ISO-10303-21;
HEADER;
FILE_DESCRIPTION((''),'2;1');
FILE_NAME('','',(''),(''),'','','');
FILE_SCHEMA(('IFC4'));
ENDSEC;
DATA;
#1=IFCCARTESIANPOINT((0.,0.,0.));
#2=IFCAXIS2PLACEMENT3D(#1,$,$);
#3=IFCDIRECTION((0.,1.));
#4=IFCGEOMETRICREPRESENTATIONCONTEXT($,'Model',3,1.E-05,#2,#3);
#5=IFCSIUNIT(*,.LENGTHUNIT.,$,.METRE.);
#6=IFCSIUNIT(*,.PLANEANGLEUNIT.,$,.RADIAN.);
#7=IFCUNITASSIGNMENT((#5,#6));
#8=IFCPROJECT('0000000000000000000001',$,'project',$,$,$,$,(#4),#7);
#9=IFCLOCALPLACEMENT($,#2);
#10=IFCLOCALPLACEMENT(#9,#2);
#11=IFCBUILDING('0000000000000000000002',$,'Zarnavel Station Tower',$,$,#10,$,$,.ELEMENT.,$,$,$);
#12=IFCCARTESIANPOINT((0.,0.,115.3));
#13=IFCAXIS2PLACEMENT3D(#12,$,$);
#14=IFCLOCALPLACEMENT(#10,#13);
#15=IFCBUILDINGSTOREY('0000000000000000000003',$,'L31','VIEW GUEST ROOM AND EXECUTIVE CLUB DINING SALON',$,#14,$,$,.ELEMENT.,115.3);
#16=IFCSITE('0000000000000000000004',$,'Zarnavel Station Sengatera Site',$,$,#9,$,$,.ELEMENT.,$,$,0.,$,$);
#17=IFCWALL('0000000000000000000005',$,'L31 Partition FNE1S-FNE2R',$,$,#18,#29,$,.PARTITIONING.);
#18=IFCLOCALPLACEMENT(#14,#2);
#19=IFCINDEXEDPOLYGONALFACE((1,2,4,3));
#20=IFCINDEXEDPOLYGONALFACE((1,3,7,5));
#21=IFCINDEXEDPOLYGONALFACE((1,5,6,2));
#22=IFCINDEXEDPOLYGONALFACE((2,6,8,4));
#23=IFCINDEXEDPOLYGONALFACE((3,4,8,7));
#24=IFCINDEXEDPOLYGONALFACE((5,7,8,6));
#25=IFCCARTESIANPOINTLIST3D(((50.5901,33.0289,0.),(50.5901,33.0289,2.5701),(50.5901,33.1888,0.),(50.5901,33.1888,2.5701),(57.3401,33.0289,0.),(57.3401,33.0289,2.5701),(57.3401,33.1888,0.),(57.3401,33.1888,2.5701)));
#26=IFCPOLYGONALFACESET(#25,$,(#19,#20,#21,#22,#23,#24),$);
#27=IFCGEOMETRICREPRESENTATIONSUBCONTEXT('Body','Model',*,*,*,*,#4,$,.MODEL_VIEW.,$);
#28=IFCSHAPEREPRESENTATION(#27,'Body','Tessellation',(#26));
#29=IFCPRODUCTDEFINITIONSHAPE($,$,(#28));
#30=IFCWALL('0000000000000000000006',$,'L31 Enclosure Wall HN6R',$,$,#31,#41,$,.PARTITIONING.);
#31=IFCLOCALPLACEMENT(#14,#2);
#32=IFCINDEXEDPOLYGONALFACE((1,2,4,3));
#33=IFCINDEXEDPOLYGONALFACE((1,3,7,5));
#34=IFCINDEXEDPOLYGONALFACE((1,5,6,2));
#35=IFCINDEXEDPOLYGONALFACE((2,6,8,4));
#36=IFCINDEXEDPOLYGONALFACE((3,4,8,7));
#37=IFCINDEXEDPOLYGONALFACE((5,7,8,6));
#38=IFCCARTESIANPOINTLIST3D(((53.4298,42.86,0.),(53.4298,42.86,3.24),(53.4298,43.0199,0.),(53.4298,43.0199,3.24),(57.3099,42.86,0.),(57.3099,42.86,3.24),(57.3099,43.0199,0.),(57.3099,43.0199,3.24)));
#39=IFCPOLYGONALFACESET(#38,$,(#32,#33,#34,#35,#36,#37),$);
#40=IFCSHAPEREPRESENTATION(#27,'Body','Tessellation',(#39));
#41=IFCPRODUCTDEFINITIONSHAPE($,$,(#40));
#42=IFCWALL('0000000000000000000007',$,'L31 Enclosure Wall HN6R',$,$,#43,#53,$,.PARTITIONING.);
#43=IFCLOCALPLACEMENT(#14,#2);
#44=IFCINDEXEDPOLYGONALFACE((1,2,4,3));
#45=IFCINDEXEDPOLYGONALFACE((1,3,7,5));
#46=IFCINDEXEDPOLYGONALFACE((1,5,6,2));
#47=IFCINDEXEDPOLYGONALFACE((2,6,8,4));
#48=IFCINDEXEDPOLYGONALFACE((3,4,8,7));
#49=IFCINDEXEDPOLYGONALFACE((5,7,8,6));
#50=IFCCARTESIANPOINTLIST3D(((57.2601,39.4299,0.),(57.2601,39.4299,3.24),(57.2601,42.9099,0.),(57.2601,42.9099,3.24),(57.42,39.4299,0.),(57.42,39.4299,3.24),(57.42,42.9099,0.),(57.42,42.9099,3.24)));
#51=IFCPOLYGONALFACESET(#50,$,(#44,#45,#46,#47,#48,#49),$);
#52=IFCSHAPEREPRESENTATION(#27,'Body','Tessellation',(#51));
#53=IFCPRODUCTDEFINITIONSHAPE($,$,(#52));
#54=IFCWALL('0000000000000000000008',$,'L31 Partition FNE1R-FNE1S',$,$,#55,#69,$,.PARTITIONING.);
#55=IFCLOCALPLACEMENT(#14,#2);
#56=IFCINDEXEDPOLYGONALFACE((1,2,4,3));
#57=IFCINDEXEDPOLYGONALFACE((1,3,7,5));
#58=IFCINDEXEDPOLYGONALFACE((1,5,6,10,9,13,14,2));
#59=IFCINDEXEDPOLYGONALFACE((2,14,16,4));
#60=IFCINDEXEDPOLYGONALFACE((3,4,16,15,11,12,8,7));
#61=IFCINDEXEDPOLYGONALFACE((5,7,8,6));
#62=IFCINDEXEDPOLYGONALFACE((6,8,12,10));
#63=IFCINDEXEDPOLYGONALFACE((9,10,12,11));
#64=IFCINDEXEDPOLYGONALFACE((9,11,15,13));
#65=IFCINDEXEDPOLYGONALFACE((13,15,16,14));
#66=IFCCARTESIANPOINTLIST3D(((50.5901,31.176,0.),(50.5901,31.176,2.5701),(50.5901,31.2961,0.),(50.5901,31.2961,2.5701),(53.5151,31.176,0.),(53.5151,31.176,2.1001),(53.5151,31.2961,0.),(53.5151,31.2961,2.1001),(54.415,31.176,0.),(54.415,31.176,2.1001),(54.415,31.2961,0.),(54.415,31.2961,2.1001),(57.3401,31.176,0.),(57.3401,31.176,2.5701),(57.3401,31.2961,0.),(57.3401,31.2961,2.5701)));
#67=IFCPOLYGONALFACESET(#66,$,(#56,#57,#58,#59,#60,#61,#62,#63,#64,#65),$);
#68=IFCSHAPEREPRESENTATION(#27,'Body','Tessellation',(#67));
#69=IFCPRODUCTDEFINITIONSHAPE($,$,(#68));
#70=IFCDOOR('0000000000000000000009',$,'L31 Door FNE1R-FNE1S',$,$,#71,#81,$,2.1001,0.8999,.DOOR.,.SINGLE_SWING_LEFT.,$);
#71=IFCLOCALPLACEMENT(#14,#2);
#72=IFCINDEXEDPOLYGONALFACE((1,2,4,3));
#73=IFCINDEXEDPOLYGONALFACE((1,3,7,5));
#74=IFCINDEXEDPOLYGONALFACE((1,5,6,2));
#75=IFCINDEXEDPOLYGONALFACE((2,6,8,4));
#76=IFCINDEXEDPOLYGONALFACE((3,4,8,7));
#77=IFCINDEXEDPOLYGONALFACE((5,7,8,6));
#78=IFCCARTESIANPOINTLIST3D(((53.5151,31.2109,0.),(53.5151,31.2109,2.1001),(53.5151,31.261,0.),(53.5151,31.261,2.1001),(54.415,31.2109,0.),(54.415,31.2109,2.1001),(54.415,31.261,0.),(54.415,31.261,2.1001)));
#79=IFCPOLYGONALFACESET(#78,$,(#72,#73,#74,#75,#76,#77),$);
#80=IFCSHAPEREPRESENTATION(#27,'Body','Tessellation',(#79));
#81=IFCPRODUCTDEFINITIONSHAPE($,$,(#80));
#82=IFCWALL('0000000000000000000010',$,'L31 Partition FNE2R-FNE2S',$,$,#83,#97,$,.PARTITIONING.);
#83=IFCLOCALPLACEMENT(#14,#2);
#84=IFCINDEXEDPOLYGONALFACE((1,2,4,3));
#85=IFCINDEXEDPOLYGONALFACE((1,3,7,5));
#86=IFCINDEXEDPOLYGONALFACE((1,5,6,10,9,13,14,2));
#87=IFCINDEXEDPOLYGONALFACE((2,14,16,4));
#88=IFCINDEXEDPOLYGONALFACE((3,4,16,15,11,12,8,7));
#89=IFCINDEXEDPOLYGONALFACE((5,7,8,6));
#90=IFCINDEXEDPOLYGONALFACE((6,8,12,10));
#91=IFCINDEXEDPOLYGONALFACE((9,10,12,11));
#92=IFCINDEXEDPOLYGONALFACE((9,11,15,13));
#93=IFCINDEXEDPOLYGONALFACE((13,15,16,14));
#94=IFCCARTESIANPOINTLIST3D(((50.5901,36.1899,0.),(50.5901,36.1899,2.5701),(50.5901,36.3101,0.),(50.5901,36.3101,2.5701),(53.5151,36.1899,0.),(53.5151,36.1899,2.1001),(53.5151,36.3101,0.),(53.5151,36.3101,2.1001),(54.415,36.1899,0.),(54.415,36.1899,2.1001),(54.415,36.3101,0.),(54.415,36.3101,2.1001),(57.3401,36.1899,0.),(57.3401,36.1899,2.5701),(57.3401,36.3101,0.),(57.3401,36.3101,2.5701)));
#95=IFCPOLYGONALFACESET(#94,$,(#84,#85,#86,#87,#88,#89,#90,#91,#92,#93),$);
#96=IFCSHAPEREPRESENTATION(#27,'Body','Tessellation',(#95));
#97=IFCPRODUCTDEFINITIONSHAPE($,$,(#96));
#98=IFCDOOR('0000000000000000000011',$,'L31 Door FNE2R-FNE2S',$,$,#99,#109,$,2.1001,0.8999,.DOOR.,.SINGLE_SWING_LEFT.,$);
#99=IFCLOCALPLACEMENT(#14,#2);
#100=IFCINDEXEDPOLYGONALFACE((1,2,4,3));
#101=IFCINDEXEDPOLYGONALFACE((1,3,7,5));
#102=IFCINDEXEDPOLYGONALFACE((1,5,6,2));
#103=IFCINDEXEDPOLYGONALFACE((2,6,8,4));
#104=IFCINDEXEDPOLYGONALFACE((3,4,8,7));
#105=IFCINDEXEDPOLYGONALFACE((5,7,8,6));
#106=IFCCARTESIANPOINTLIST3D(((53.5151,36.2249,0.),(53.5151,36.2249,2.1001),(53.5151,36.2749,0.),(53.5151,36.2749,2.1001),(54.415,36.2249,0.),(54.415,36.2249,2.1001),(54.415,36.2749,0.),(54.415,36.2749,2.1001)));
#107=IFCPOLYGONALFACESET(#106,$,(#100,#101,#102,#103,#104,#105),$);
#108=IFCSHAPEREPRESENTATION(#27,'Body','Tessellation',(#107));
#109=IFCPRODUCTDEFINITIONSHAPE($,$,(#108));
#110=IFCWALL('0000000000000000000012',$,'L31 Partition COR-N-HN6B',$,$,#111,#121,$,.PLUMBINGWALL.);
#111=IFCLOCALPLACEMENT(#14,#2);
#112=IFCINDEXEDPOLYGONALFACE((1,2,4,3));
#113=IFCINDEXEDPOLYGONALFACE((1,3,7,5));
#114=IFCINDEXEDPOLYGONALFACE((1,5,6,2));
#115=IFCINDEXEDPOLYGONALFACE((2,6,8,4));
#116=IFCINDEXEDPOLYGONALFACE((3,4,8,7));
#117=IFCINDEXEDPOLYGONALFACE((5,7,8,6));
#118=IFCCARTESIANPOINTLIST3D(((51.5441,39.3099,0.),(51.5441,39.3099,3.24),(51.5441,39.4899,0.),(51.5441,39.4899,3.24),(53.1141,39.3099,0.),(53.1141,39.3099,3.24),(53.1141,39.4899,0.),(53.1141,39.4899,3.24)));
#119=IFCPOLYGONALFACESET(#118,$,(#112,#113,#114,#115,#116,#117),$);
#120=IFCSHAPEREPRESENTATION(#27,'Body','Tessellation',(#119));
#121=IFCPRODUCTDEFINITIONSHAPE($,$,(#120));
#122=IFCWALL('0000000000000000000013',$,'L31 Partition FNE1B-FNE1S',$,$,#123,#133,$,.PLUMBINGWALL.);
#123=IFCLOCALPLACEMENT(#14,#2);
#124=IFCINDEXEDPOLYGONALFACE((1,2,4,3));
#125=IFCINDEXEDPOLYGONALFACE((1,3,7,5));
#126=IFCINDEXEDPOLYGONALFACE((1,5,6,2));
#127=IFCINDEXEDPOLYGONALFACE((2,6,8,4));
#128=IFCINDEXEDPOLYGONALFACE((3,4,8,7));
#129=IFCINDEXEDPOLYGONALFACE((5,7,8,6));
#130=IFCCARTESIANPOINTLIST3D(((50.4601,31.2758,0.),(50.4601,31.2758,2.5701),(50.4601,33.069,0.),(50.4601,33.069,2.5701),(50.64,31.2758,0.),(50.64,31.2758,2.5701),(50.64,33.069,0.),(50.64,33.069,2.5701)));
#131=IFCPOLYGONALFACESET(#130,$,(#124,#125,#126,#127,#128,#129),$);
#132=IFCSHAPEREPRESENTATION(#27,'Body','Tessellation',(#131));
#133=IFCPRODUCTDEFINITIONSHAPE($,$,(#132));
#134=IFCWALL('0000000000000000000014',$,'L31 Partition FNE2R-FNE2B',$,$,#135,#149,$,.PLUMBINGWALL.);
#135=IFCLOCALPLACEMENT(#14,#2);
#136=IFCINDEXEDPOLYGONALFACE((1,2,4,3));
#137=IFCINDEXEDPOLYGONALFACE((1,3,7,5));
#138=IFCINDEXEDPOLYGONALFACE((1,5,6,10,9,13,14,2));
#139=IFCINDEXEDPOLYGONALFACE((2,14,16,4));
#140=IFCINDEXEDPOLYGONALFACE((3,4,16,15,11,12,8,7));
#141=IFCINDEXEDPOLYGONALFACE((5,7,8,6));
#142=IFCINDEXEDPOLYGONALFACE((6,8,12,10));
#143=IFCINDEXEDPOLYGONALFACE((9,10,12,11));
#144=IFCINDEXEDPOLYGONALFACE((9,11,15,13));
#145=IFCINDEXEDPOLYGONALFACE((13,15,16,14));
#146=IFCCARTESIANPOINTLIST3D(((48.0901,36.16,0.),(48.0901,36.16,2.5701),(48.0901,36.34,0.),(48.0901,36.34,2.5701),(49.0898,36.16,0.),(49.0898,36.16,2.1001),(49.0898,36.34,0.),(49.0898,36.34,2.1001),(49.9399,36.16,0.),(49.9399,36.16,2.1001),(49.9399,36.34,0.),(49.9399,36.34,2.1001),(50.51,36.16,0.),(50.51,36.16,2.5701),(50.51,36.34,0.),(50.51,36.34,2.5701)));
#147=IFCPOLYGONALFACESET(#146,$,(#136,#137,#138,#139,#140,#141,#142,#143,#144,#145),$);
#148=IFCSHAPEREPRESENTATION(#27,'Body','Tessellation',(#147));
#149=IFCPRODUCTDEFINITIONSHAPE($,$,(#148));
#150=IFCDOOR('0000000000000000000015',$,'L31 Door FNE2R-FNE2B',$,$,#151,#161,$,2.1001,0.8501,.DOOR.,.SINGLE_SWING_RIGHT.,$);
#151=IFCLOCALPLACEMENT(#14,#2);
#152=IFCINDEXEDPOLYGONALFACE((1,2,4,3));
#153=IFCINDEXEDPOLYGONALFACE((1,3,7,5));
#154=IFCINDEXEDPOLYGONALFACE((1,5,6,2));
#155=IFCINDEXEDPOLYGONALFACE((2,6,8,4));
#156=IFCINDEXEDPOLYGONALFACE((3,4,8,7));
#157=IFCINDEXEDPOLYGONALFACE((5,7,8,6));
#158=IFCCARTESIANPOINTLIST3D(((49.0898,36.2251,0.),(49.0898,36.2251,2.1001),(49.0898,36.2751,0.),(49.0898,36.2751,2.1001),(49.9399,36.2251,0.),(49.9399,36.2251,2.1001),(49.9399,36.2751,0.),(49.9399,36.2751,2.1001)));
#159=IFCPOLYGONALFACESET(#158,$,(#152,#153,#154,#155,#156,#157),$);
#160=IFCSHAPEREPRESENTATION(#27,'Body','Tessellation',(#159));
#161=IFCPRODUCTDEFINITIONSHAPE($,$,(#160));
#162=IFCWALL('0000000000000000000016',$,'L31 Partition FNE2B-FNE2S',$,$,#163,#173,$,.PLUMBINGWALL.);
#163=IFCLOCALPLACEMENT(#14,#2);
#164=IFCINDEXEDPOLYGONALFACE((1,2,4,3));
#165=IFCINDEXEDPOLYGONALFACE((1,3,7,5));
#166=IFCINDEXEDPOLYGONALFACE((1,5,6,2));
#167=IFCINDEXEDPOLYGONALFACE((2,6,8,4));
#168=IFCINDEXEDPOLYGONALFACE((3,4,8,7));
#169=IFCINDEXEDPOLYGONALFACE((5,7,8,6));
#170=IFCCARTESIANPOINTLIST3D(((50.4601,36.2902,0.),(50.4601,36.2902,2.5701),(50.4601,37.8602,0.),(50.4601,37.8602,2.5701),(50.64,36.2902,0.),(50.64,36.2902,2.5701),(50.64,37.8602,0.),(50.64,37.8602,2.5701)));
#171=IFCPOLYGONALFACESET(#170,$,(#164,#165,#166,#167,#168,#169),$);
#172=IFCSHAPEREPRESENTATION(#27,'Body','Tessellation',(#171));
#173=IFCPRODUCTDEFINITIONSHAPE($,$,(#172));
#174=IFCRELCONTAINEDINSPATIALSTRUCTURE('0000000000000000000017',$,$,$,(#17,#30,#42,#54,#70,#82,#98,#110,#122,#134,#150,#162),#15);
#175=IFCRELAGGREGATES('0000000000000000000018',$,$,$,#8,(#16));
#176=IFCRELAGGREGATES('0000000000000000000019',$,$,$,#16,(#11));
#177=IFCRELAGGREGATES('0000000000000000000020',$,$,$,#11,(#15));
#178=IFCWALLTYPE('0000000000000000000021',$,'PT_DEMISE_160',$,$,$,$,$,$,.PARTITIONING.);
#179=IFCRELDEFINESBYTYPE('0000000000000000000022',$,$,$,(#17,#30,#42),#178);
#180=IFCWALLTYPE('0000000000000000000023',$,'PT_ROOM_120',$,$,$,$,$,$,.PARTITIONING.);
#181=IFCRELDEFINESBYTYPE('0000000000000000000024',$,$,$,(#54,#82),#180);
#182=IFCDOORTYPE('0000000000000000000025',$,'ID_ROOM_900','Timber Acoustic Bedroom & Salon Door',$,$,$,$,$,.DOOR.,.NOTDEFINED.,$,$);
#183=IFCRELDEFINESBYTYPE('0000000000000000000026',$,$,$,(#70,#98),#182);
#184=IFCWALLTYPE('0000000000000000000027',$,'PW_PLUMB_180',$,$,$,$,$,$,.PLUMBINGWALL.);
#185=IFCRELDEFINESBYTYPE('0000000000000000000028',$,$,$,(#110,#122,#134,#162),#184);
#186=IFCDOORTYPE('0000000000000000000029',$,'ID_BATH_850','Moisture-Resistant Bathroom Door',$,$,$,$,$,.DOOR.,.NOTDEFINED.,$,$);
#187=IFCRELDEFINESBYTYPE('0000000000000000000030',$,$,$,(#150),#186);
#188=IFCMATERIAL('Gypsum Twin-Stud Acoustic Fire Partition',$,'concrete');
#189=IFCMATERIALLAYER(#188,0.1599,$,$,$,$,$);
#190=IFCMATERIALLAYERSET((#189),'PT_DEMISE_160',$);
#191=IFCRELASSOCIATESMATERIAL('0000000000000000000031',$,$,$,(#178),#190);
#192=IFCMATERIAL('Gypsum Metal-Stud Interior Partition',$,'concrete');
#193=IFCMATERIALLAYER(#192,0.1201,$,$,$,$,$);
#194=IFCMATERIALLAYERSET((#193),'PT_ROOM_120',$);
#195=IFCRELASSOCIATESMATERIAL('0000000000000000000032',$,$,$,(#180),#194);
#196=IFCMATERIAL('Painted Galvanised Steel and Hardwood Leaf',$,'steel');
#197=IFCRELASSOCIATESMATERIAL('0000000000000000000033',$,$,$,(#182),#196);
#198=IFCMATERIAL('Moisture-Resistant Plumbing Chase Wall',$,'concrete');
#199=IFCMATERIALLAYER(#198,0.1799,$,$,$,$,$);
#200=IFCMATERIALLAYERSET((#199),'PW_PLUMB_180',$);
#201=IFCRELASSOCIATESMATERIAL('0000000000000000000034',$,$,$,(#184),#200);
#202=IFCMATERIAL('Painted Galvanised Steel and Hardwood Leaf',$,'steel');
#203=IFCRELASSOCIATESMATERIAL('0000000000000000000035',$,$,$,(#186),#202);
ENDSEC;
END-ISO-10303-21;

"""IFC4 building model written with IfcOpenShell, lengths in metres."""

from ifc_helpers import new_model, si_unit, direction, frame, frame_2d, origin, place, context, subcontext, project, spatial, rectangle, extrude, material, layer, layer_set, type_object, element, fill, save


model = new_model("IFC4")

# Units and contexts
model_context = context("Model", 3, precision=1e-05, world=origin(), true_north=direction((0.0, 1.0)))
body_context = subcontext(model_context, "Body", "Model", "MODEL_VIEW")
ifc_project = project(units=[si_unit("LENGTHUNIT", "METRE"), si_unit("PLANEANGLEUNIT", "RADIAN")], contexts=[model_context])

# Site, building, storey
site_placement = place(None, origin())
site = spatial("IfcSite", under=ifc_project, at=site_placement, Name="Zarnavel Station Sengatera Site", CompositionType="ELEMENT", RefElevation=0.0)
building_placement = place(site_placement, origin())
building = spatial("IfcBuilding", under=site, at=building_placement, Name="Zarnavel Station Tower", CompositionType="ELEMENT")
storey_placement = place(building_placement, frame((0.0, 0.0, 115.3)))
storey = spatial("IfcBuildingStorey", under=building, at=storey_placement, Name="L31", Description="VIEW GUEST ROOM AND EXECUTIVE CLUB DINING SALON", CompositionType="ELEMENT", Elevation=115.3)

# Shared definitions
ifc_material_1 = material(Name="Gypsum Twin-Stud Acoustic Fire Partition", Category="concrete")
ifc_layer_1 = layer(ifc_material_1, 0.1599)
ifc_layer_set_1 = layer_set([ifc_layer_1], Name="PT_DEMISE_160")
wall_type_1 = type_object("IfcWallType", Name="PT_DEMISE_160", PredefinedType="PARTITIONING", material=ifc_layer_set_1)

# Walls
wall_1_placement = place(storey_placement, frame((50.5901, 33.1089, 0.0), z_axis=(0.0, 0.0, 1.0), x_axis=(1.0, 0.0, 0.0)))
element("IfcWall", 1, at=wall_1_placement, inside=storey, type_object=wall_type_1, Name="L31 Partition FNE1S-FNE2R", PredefinedType="PARTITIONING", context=body_context, shape_type="SweptSolid", body=[
    extrude(rectangle(XDim=6.75, YDim=0.1599, at=frame_2d((3.375, 0.0))), origin(), (0.0, 0.0, 1.0), 2.5701),
])
wall_2_placement = place(storey_placement, frame((53.4299, 42.9399, 0.0), z_axis=(0.0, 0.0, 1.0), x_axis=(1.0, 0.0, 0.0)))
element("IfcWall", 2, at=wall_2_placement, inside=storey, type_object=wall_type_1, Name="L31 Enclosure Wall HN6R", PredefinedType="PARTITIONING", context=body_context, shape_type="SweptSolid", body=[
    extrude(rectangle(XDim=3.8801, YDim=0.1599, at=frame_2d((1.9399, 0.0))), origin(), (0.0, 0.0, 1.0), 3.24),
])
wall_3_placement = place(storey_placement, frame((57.3401, 39.4299, 0.0), z_axis=(0.0, 0.0, 1.0), x_axis=(0.0, 1.0, 0.0)))
element("IfcWall", 3, at=wall_3_placement, inside=storey, type_object=wall_type_1, Name="L31 Enclosure Wall HN6R", PredefinedType="PARTITIONING", context=body_context, shape_type="SweptSolid", body=[
    extrude(rectangle(XDim=3.48, YDim=0.1599, at=frame_2d((1.74, 0.0))), origin(), (0.0, 0.0, 1.0), 3.24),
])

# Walls, openings, doors
ifc_material_2 = material(Name="Gypsum Metal-Stud Interior Partition", Category="concrete")
ifc_layer_2 = layer(ifc_material_2, 0.1201)
ifc_layer_set_2 = layer_set([ifc_layer_2], Name="PT_ROOM_120")
wall_type_2 = type_object("IfcWallType", Name="PT_ROOM_120", PredefinedType="PARTITIONING", material=ifc_layer_set_2)
wall_4_placement = place(storey_placement, frame((50.5901, 31.2361, 0.0), z_axis=(0.0, 0.0, 1.0), x_axis=(1.0, 0.0, 0.0)))
wall_4 = element("IfcWall", 4, at=wall_4_placement, inside=storey, type_object=wall_type_2, Name="L31 Partition FNE1R-FNE1S", PredefinedType="PARTITIONING", context=body_context, shape_type="SweptSolid", body=[
    extrude(rectangle(XDim=6.75, YDim=0.1201, at=frame_2d((3.375, 0.0))), origin(), (0.0, 0.0, 1.0), 2.5701),
])
opening_1_placement = place(wall_4_placement, frame((2.925, 0.0, 0.0)))
opening_1 = element("IfcOpeningElement", 5, at=opening_1_placement, cuts=wall_4, PredefinedType="OPENING", context=body_context, shape_type="SweptSolid", body=[
    extrude(rectangle(XDim=0.8999, YDim=2.1001, at=frame_2d((0.45, 1.05))), frame((0.0, 0.0701, 0.0), z_axis=(0.0, -1.0, 0.0), x_axis=(1.0, 0.0, 0.0)), (0.0, 0.0, 1.0), 0.1401),
])
ifc_material_3 = material(Name="Painted Galvanised Steel and Hardwood Leaf", Category="steel")
door_type_1 = type_object("IfcDoorType", Name="ID_ROOM_900", Description="Timber Acoustic Bedroom & Salon Door", OperationType="NOTDEFINED", PredefinedType="DOOR", material=ifc_material_3)
door_1_placement = place(opening_1_placement, origin())
door_1 = element("IfcDoor", 6, at=door_1_placement, inside=storey, type_object=door_type_1, Name="L31 Door FNE1R-FNE1S", OperationType="SINGLE_SWING_LEFT", OverallHeight=2.1001, OverallWidth=0.8999, PredefinedType="DOOR", context=body_context, shape_type="SweptSolid", body=[
    extrude(rectangle(XDim=0.8999, YDim=2.1001, at=frame_2d((0.45, 1.05))), frame((0.0, 0.0249, 0.0), z_axis=(0.0, -1.0, 0.0), x_axis=(1.0, 0.0, 0.0)), (0.0, 0.0, 1.0), 0.05),
])
fill(opening_1, door_1)
wall_5_placement = place(storey_placement, frame((50.5901, 36.25, 0.0), z_axis=(0.0, 0.0, 1.0), x_axis=(1.0, 0.0, 0.0)))
wall_5 = element("IfcWall", 7, at=wall_5_placement, inside=storey, type_object=wall_type_2, Name="L31 Partition FNE2R-FNE2S", PredefinedType="PARTITIONING", context=body_context, shape_type="SweptSolid", body=[
    extrude(rectangle(XDim=6.75, YDim=0.1201, at=frame_2d((3.375, 0.0))), origin(), (0.0, 0.0, 1.0), 2.5701),
])
opening_2_placement = place(wall_5_placement, frame((2.925, 0.0, 0.0)))
opening_2 = element("IfcOpeningElement", 8, at=opening_2_placement, cuts=wall_5, PredefinedType="OPENING", context=body_context, shape_type="SweptSolid", body=[
    extrude(rectangle(XDim=0.8999, YDim=2.1001, at=frame_2d((0.45, 1.05))), frame((0.0, 0.0701, 0.0), z_axis=(0.0, -1.0, 0.0), x_axis=(1.0, 0.0, 0.0)), (0.0, 0.0, 1.0), 0.1401),
])
door_2_placement = place(opening_2_placement, origin())
door_2 = element("IfcDoor", 9, at=door_2_placement, inside=storey, type_object=door_type_1, Name="L31 Door FNE2R-FNE2S", OperationType="SINGLE_SWING_LEFT", OverallHeight=2.1001, OverallWidth=0.8999, PredefinedType="DOOR", context=body_context, shape_type="SweptSolid", body=[
    extrude(rectangle(XDim=0.8999, YDim=2.1001, at=frame_2d((0.45, 1.05))), frame((0.0, 0.0249, 0.0), z_axis=(0.0, -1.0, 0.0), x_axis=(1.0, 0.0, 0.0)), (0.0, 0.0, 1.0), 0.05),
])
fill(opening_2, door_2)

# Walls
ifc_material_4 = material(Name="Moisture-Resistant Plumbing Chase Wall", Category="concrete")
ifc_layer_3 = layer(ifc_material_4, 0.1799)
ifc_layer_set_3 = layer_set([ifc_layer_3], Name="PW_PLUMB_180")
wall_type_3 = type_object("IfcWallType", Name="PW_PLUMB_180", PredefinedType="PLUMBINGWALL", material=ifc_layer_set_3)
wall_6_placement = place(storey_placement, frame((51.5439, 39.3999, 0.0), z_axis=(0.0, 0.0, 1.0), x_axis=(1.0, 0.0, 0.0)))
element("IfcWall", 10, at=wall_6_placement, inside=storey, type_object=wall_type_3, Name="L31 Partition COR-N-HN6B", PredefinedType="PLUMBINGWALL", context=body_context, shape_type="SweptSolid", body=[
    extrude(rectangle(XDim=1.5701, YDim=0.1799, at=frame_2d((0.7852, 0.0))), origin(), (0.0, 0.0, 1.0), 3.24),
])
wall_7_placement = place(storey_placement, frame((50.55, 31.2759, 0.0), z_axis=(0.0, 0.0, 1.0), x_axis=(0.0, 1.0, 0.0)))
element("IfcWall", 11, at=wall_7_placement, inside=storey, type_object=wall_type_3, Name="L31 Partition FNE1B-FNE1S", PredefinedType="PLUMBINGWALL", context=body_context, shape_type="SweptSolid", body=[
    extrude(rectangle(XDim=1.7932, YDim=0.1799, at=frame_2d((0.8965, 0.0))), origin(), (0.0, 0.0, 1.0), 2.5701),
])

# Wall, opening, door
wall_8_placement = place(storey_placement, frame((50.51, 36.25, 0.0), z_axis=(0.0, 0.0, 1.0), x_axis=(-1.0, 0.0, 0.0)))
wall_8 = element("IfcWall", 12, at=wall_8_placement, inside=storey, type_object=wall_type_3, Name="L31 Partition FNE2R-FNE2B", PredefinedType="PLUMBINGWALL", context=body_context, shape_type="SweptSolid", body=[
    extrude(rectangle(XDim=2.4199, YDim=0.1799, at=frame_2d((1.21, 0.0))), origin(), (0.0, 0.0, 1.0), 2.5701),
])
opening_3_placement = place(wall_8_placement, frame((0.5701, 0.0, 0.0)))
opening_3 = element("IfcOpeningElement", 13, at=opening_3_placement, cuts=wall_8, PredefinedType="OPENING", context=body_context, shape_type="SweptSolid", body=[
    extrude(rectangle(XDim=0.8501, YDim=2.1001, at=frame_2d((0.425, 1.05))), frame((0.0, 0.0999, 0.0), z_axis=(0.0, -1.0, 0.0), x_axis=(1.0, 0.0, 0.0)), (0.0, 0.0, 1.0), 0.2),
])
ifc_material_5 = material(Name="Painted Galvanised Steel and Hardwood Leaf", Category="steel")
door_type_2 = type_object("IfcDoorType", Name="ID_BATH_850", Description="Moisture-Resistant Bathroom Door", OperationType="NOTDEFINED", PredefinedType="DOOR", material=ifc_material_5)
door_3_placement = place(opening_3_placement, origin())
door_3 = element("IfcDoor", 14, at=door_3_placement, inside=storey, type_object=door_type_2, Name="L31 Door FNE2R-FNE2B", OperationType="SINGLE_SWING_RIGHT", OverallHeight=2.1001, OverallWidth=0.8501, PredefinedType="DOOR", context=body_context, shape_type="SweptSolid", body=[
    extrude(rectangle(XDim=0.8501, YDim=2.1001, at=frame_2d((0.425, 1.05))), frame((0.0, 0.0249, 0.0), z_axis=(0.0, -1.0, 0.0), x_axis=(1.0, 0.0, 0.0)), (0.0, 0.0, 1.0), 0.05),
])
fill(opening_3, door_3)

# Wall
wall_9_placement = place(storey_placement, frame((50.55, 36.29, 0.0), z_axis=(0.0, 0.0, 1.0), x_axis=(0.0, 1.0, 0.0)))
element("IfcWall", 15, at=wall_9_placement, inside=storey, type_object=wall_type_3, Name="L31 Partition FNE2B-FNE2S", PredefinedType="PLUMBINGWALL", context=body_context, shape_type="SweptSolid", body=[
    extrude(rectangle(XDim=1.5701, YDim=0.1799, at=frame_2d((0.7852, 0.0))), origin(), (0.0, 0.0, 1.0), 2.5701),
])

save(model, "model.ifc")
